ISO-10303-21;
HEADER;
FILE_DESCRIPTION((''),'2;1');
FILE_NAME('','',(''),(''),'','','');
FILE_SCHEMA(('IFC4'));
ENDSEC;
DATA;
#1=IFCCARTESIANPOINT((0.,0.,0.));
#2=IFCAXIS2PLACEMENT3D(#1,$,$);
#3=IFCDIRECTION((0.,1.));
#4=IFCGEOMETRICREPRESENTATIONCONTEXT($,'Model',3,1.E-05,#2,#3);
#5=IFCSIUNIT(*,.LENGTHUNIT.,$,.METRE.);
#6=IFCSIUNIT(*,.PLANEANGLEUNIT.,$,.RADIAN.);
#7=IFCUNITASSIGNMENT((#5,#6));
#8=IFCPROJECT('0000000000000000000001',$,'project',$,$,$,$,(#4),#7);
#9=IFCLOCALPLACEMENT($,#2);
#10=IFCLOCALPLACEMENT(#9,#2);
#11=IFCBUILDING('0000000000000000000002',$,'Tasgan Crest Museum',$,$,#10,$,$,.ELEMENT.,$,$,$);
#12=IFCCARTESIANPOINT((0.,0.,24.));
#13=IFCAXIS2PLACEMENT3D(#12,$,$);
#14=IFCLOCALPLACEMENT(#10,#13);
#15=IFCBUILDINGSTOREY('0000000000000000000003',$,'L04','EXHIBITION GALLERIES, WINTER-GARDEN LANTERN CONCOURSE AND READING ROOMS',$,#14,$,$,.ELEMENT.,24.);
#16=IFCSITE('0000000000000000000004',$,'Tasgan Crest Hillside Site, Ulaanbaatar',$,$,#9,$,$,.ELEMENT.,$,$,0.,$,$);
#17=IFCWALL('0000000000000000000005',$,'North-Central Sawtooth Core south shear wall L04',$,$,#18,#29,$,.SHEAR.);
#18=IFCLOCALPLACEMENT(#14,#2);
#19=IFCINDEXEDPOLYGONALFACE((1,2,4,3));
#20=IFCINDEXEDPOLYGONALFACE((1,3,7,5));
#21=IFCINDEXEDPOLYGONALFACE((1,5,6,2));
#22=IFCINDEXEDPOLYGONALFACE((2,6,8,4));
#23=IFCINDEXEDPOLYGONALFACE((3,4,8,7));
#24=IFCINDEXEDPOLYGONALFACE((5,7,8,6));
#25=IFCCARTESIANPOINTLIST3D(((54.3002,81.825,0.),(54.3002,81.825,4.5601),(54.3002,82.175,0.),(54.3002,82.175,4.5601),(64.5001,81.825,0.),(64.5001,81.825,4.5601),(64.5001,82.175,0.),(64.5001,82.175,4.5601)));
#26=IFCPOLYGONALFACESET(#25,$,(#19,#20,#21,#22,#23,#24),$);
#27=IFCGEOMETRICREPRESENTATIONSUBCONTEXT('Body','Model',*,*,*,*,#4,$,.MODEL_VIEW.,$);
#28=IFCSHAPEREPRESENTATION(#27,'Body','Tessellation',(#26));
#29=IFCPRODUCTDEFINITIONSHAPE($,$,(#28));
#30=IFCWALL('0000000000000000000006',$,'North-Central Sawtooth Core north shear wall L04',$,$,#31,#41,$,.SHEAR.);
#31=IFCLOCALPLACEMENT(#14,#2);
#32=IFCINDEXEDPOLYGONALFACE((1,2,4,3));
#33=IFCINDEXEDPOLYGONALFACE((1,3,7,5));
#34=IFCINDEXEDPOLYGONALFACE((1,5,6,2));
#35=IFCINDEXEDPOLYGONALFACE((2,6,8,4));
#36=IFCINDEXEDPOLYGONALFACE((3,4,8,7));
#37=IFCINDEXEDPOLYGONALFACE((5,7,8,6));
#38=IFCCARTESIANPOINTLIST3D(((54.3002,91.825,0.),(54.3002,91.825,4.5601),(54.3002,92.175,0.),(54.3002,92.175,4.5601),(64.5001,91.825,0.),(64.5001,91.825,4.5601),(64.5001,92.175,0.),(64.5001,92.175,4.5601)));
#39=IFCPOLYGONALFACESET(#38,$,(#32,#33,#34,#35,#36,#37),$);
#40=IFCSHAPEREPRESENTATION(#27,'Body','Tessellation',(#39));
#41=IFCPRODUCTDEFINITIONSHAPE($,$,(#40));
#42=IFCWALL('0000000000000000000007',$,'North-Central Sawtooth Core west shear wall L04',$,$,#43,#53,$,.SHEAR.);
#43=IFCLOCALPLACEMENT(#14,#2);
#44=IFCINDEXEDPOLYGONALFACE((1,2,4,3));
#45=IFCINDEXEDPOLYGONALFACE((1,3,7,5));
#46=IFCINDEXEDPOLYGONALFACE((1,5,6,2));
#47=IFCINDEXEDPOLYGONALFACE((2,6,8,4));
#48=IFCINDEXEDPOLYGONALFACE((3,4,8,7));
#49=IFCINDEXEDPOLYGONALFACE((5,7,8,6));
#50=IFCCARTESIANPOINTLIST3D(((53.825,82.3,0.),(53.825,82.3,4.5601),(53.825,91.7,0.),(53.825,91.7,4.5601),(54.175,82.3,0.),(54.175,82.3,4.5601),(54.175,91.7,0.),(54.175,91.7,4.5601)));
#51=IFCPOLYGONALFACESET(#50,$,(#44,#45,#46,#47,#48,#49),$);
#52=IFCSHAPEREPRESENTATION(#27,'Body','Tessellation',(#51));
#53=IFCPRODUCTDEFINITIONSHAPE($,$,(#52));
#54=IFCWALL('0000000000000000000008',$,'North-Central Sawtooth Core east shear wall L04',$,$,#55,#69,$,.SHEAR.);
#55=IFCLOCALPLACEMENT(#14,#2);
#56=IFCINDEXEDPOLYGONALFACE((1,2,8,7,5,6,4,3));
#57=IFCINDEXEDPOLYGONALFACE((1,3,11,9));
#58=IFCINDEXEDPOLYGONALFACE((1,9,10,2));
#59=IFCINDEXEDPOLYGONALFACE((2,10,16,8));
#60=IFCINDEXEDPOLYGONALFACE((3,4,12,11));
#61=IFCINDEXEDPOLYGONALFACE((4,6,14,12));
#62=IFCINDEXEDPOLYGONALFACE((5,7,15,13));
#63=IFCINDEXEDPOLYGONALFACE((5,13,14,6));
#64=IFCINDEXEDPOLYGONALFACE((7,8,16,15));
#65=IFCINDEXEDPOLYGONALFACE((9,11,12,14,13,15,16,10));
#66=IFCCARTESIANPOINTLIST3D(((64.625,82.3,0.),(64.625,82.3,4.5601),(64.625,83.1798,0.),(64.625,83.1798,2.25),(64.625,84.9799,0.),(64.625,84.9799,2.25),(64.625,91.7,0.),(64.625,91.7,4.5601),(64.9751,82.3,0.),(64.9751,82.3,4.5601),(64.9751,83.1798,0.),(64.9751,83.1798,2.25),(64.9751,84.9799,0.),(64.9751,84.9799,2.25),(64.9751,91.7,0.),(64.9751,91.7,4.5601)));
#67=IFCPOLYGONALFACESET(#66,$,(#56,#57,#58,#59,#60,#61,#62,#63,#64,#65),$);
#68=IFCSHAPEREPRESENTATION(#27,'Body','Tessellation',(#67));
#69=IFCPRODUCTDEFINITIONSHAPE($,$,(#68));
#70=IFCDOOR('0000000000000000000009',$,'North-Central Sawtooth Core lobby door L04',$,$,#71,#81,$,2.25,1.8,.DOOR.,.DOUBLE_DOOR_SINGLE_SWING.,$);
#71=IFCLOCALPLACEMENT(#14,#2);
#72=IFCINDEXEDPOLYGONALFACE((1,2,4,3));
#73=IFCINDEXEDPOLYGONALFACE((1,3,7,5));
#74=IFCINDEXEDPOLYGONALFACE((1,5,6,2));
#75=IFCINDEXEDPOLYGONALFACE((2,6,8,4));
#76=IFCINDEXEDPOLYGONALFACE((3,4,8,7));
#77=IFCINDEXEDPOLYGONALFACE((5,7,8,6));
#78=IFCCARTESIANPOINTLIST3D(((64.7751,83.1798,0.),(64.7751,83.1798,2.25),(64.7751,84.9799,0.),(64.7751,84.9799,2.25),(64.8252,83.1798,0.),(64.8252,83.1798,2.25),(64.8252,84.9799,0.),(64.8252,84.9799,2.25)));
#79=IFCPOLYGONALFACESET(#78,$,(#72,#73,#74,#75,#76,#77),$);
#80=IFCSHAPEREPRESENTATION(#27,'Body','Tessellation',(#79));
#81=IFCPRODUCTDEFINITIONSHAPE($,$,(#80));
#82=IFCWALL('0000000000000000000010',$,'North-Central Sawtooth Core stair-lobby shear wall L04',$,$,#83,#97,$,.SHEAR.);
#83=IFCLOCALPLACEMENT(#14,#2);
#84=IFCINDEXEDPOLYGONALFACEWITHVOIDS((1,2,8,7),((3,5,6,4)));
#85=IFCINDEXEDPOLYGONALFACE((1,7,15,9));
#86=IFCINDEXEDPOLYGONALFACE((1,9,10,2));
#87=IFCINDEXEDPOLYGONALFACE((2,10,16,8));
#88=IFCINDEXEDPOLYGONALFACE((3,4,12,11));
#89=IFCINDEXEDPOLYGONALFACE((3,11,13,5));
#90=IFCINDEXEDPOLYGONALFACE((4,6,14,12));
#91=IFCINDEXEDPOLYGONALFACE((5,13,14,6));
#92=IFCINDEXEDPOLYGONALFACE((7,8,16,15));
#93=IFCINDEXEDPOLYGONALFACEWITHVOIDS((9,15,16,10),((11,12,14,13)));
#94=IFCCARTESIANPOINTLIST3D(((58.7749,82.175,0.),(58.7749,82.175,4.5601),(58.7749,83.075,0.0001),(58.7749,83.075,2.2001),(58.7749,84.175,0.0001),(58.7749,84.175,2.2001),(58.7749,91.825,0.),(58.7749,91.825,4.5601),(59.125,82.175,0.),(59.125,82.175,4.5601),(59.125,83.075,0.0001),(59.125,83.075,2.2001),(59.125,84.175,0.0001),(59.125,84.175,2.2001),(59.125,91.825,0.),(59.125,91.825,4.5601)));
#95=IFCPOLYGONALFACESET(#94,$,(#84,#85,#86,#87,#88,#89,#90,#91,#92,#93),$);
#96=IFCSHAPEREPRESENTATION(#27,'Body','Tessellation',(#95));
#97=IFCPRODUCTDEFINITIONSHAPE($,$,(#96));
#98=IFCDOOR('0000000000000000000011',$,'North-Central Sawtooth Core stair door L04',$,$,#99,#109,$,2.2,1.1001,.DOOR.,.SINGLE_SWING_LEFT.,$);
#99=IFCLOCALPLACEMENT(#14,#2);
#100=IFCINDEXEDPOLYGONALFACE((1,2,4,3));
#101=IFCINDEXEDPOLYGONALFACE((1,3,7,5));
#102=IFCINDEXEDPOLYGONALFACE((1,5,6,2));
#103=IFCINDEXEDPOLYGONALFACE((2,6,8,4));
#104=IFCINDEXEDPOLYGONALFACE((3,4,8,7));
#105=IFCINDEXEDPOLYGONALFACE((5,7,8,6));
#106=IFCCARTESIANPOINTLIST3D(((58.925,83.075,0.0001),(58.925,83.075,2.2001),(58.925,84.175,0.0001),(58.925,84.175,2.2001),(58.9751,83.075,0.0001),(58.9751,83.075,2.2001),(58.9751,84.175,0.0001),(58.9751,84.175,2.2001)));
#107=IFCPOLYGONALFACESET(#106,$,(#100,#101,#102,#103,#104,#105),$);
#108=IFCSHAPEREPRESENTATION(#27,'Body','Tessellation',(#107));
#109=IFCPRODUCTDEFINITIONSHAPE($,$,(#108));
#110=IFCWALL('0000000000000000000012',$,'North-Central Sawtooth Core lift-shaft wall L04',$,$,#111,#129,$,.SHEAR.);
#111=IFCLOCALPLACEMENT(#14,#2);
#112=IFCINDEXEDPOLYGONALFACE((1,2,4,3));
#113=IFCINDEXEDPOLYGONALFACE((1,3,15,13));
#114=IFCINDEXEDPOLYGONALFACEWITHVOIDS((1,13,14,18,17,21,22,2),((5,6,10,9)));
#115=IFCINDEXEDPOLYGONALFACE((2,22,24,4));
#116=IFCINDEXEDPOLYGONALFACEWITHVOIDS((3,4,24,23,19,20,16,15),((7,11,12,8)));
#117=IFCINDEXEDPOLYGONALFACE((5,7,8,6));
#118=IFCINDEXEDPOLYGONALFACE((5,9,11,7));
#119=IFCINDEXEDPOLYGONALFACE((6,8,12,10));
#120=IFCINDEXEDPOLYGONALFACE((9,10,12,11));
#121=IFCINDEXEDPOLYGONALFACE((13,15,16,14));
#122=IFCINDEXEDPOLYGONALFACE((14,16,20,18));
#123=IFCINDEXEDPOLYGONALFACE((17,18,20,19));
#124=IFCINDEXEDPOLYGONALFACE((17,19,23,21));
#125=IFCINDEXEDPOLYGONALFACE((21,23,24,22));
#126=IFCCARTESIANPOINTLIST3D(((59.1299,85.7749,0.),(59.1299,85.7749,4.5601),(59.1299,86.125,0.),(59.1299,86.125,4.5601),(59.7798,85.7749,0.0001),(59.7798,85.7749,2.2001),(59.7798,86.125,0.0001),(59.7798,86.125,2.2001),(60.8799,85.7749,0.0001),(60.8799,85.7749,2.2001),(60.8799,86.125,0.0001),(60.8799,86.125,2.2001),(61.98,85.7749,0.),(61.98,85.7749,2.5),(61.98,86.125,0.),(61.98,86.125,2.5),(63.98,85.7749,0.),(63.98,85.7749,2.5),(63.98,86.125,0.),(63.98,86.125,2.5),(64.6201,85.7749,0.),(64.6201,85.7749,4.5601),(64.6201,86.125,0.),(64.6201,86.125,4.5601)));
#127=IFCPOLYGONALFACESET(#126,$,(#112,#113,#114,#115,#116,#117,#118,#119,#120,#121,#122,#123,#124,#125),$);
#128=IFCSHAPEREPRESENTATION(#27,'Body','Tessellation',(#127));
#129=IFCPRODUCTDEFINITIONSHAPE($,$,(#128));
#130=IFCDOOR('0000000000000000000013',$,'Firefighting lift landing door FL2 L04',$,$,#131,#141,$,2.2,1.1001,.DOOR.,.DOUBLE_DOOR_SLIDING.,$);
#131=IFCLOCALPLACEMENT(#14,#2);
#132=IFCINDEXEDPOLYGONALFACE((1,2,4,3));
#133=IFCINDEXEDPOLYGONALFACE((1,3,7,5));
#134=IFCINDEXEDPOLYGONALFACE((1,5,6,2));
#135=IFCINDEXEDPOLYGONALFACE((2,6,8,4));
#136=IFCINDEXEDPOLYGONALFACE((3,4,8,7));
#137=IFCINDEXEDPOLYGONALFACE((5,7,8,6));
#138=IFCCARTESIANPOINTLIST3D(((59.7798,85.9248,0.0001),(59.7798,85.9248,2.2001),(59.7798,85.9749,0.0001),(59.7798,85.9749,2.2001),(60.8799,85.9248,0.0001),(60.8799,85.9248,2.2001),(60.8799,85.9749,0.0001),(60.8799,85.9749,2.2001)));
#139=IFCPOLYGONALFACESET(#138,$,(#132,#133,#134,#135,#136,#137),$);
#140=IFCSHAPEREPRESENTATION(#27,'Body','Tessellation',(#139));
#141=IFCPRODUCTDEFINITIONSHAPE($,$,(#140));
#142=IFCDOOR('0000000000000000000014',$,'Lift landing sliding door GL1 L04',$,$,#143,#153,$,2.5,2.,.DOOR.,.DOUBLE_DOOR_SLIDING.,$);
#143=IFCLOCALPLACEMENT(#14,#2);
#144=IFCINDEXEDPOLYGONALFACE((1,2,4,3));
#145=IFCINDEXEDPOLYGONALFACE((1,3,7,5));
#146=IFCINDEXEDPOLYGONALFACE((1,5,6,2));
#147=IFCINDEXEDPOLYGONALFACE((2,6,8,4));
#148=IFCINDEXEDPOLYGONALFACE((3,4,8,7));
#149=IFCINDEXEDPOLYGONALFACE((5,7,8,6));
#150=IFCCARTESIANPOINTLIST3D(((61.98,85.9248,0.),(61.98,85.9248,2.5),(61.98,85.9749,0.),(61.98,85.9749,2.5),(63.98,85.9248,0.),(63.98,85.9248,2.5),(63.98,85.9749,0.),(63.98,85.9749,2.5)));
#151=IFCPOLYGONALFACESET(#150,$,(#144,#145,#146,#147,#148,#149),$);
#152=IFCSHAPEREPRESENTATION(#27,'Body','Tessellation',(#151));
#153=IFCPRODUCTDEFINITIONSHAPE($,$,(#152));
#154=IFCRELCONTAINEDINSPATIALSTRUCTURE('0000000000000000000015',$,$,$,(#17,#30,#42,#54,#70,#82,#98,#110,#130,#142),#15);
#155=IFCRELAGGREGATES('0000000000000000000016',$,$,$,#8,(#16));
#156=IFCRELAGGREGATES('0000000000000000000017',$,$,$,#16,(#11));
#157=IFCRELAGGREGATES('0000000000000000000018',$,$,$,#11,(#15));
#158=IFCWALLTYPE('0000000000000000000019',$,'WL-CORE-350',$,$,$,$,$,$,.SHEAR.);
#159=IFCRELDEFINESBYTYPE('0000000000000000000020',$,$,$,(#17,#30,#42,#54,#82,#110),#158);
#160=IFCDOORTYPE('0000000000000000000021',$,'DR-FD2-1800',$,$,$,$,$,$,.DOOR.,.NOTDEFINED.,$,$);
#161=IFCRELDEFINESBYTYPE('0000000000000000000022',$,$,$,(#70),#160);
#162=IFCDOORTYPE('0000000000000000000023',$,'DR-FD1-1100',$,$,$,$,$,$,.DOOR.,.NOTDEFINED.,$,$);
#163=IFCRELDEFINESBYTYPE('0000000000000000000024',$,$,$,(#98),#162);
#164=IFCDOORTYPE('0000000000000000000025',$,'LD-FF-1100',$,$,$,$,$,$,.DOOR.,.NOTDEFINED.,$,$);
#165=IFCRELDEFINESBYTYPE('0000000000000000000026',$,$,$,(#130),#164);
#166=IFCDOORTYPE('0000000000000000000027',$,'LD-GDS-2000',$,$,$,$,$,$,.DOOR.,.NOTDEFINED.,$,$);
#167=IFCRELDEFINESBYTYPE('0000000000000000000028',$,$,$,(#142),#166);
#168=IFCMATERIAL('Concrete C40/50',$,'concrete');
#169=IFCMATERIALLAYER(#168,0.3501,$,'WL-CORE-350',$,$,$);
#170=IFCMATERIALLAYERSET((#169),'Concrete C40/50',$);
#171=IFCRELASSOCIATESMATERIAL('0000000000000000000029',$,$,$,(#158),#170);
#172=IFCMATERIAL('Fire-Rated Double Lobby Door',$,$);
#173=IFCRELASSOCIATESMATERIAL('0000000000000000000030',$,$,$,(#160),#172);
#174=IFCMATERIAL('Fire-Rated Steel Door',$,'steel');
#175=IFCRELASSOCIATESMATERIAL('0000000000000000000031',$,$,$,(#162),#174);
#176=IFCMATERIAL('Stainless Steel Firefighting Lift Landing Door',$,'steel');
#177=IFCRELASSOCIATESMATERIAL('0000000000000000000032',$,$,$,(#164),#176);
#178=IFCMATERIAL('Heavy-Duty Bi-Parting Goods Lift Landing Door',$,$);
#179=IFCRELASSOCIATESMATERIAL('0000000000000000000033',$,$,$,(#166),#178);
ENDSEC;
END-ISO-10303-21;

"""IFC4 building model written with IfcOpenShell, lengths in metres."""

from ifc_helpers import new_model, si_unit, direction, frame, frame_2d, origin, place, context, subcontext, project, spatial, rectangle, extrude, material, layer, layer_set, type_object, element, fill, save


model = new_model("IFC4")

# Units and contexts
model_context = context("Model", 3, precision=1e-05, world=origin(), true_north=direction((0.0, 1.0)))
body_context = subcontext(model_context, "Body", "Model", "MODEL_VIEW")
ifc_project = project(units=[si_unit("LENGTHUNIT", "METRE"), si_unit("PLANEANGLEUNIT", "RADIAN")], contexts=[model_context])

# Site, building, storey
site_placement = place(None, origin())
site = spatial("IfcSite", under=ifc_project, at=site_placement, Name="Tasgan Crest Hillside Site, Ulaanbaatar", CompositionType="ELEMENT", RefElevation=0.0)
building_placement = place(site_placement, origin())
building = spatial("IfcBuilding", under=site, at=building_placement, Name="Tasgan Crest Museum", CompositionType="ELEMENT")
storey_placement = place(building_placement, frame((0.0, 0.0, 24.0)))
storey = spatial("IfcBuildingStorey", under=building, at=storey_placement, Name="L04", Description="EXHIBITION GALLERIES, WINTER-GARDEN LANTERN CONCOURSE AND READING ROOMS", CompositionType="ELEMENT", Elevation=24.0)

# Walls
ifc_material_1 = material(Name="Concrete C40/50", Category="concrete")
ifc_layer_1 = layer(ifc_material_1, 0.3501, Name="WL-CORE-350")
ifc_layer_set_1 = layer_set([ifc_layer_1], Name="Concrete C40/50")
wall_type_1 = type_object("IfcWallType", Name="WL-CORE-350", PredefinedType="SHEAR", material=ifc_layer_set_1)
for number, where, z_axis, x_axis, name in (
    (1, (54.3, 82.0, 0.0), (0.0, 0.0, 1.0), (1.0, 0.0, 0.0), "North-Central Sawtooth Core south shear wall L04"),
    (2, (54.3, 92.0, 0.0), (0.0, 0.0, 1.0), (1.0, 0.0, 0.0), "North-Central Sawtooth Core north shear wall L04"),
):
    element("IfcWall", number, at=place(storey_placement, frame(where, z_axis=z_axis, x_axis=x_axis)), inside=storey, type_object=wall_type_1, Name=name, PredefinedType="SHEAR", context=body_context, shape_type="SweptSolid", body=[
        extrude(rectangle(XDim=10.2, YDim=0.3501, at=frame_2d((5.1001, 0.0))), origin(), (0.0, 0.0, 1.0), 4.5601),
    ])
wall_1_placement = place(storey_placement, frame((54.0, 82.3, 0.0), z_axis=(0.0, 0.0, 1.0), x_axis=(0.0, 1.0, 0.0)))
element("IfcWall", 3, at=wall_1_placement, inside=storey, type_object=wall_type_1, Name="North-Central Sawtooth Core west shear wall L04", PredefinedType="SHEAR", context=body_context, shape_type="SweptSolid", body=[
    extrude(rectangle(XDim=9.3999, YDim=0.3501, at=frame_2d((4.7, 0.0))), origin(), (0.0, 0.0, 1.0), 4.5601),
])

# Walls, openings, doors
wall_2_placement = place(storey_placement, frame((64.8, 82.3, 0.0), z_axis=(0.0, 0.0, 1.0), x_axis=(0.0, 1.0, 0.0)))
wall_2 = element("IfcWall", 4, at=wall_2_placement, inside=storey, type_object=wall_type_1, Name="North-Central Sawtooth Core east shear wall L04", PredefinedType="SHEAR", context=body_context, shape_type="SweptSolid", body=[
    extrude(rectangle(XDim=9.3999, YDim=0.3501, at=frame_2d((4.7, 0.0))), origin(), (0.0, 0.0, 1.0), 4.5601),
])
opening_1_placement = place(wall_2_placement, frame((0.8799, 0.0, 0.0)))
opening_1 = element("IfcOpeningElement", 5, at=opening_1_placement, cuts=wall_2, PredefinedType="OPENING", context=body_context, shape_type="SweptSolid", body=[
    extrude(rectangle(XDim=1.8, YDim=2.25, at=frame_2d((0.8999, 1.125))), frame((0.0, 0.1851, 0.0), z_axis=(0.0, -1.0, 0.0), x_axis=(1.0, 0.0, 0.0)), (0.0, 0.0, 1.0), 0.3701),
])
ifc_material_2 = material(Name="Fire-Rated Double Lobby Door")
door_type_1 = type_object("IfcDoorType", Name="DR-FD2-1800", OperationType="NOTDEFINED", PredefinedType="DOOR", material=ifc_material_2)
door_1_placement = place(opening_1_placement, origin())
door_1 = element("IfcDoor", 6, at=door_1_placement, inside=storey, type_object=door_type_1, Name="North-Central Sawtooth Core lobby door L04", OperationType="DOUBLE_DOOR_SINGLE_SWING", OverallHeight=2.25, OverallWidth=1.8, PredefinedType="DOOR", context=body_context, shape_type="SweptSolid", body=[
    extrude(rectangle(XDim=1.8, YDim=2.25, at=frame_2d((0.8999, 1.125))), frame((0.0, 0.0249, 0.0), z_axis=(0.0, -1.0, 0.0), x_axis=(1.0, 0.0, 0.0)), (0.0, 0.0, 1.0), 0.05),
])
fill(opening_1, door_1)
wall_3_placement = place(storey_placement, frame((58.95, 82.175, 0.0), z_axis=(0.0, 0.0, 1.0), x_axis=(0.0, 1.0, 0.0)))
wall_3 = element("IfcWall", 7, at=wall_3_placement, inside=storey, type_object=wall_type_1, Name="North-Central Sawtooth Core stair-lobby shear wall L04", PredefinedType="SHEAR", context=body_context, shape_type="SweptSolid", body=[
    extrude(rectangle(XDim=9.6499, YDim=0.3501, at=frame_2d((4.825, 0.0))), origin(), (0.0, 0.0, 1.0), 4.5601),
])
opening_2_placement = place(wall_3_placement, frame((0.8999, 0.0, 0.0)))
opening_2 = element("IfcOpeningElement", 8, at=opening_2_placement, cuts=wall_3, PredefinedType="OPENING", context=body_context, shape_type="SweptSolid", body=[
    extrude(rectangle(XDim=1.1001, YDim=2.2, at=frame_2d((0.55, 1.1001))), frame((0.0, 0.1851, 0.0), z_axis=(0.0, -1.0, 0.0), x_axis=(1.0, 0.0, 0.0)), (0.0, 0.0, 1.0), 0.3701),
])
ifc_material_3 = material(Name="Fire-Rated Steel Door", Category="steel")
door_type_2 = type_object("IfcDoorType", Name="DR-FD1-1100", OperationType="NOTDEFINED", PredefinedType="DOOR", material=ifc_material_3)
door_2_placement = place(opening_2_placement, origin())
door_2 = element("IfcDoor", 9, at=door_2_placement, inside=storey, type_object=door_type_2, Name="North-Central Sawtooth Core stair door L04", OperationType="SINGLE_SWING_LEFT", OverallHeight=2.2, OverallWidth=1.1001, PredefinedType="DOOR", context=body_context, shape_type="SweptSolid", body=[
    extrude(rectangle(XDim=1.1001, YDim=2.2, at=frame_2d((0.55, 1.1001))), frame((0.0, 0.0249, 0.0), z_axis=(0.0, -1.0, 0.0), x_axis=(1.0, 0.0, 0.0)), (0.0, 0.0, 1.0), 0.05),
])
fill(opening_2, door_2)

# Wall, openings, doors
wall_4_placement = place(storey_placement, frame((59.1299, 85.95, 0.0), z_axis=(0.0, 0.0, 1.0), x_axis=(1.0, 0.0, 0.0)))
wall_4 = element("IfcWall", 10, at=wall_4_placement, inside=storey, type_object=wall_type_1, Name="North-Central Sawtooth Core lift-shaft wall L04", PredefinedType="SHEAR", context=body_context, shape_type="SweptSolid", body=[
    extrude(rectangle(XDim=5.4902, YDim=0.3501, at=frame_2d((2.7451, 0.0))), origin(), (0.0, 0.0, 1.0), 4.5601),
])
opening_3_placement = place(wall_4_placement, frame((0.6499, 0.0, 0.0)))
opening_3 = element("IfcOpeningElement", 11, at=opening_3_placement, cuts=wall_4, PredefinedType="OPENING", context=body_context, shape_type="SweptSolid", body=[
    extrude(rectangle(XDim=1.1001, YDim=2.2, at=frame_2d((0.55, 1.1001))), frame((0.0, 0.1851, 0.0), z_axis=(0.0, -1.0, 0.0), x_axis=(1.0, 0.0, 0.0)), (0.0, 0.0, 1.0), 0.3701),
])
opening_4_placement = place(wall_4_placement, frame((2.8501, 0.0, 0.0)))
opening_4 = element("IfcOpeningElement", 12, at=opening_4_placement, cuts=wall_4, PredefinedType="OPENING", context=body_context, shape_type="SweptSolid", body=[
    extrude(rectangle(XDim=2.0, YDim=2.5, at=frame_2d((1.0, 1.25))), frame((0.0, 0.1851, 0.0), z_axis=(0.0, -1.0, 0.0), x_axis=(1.0, 0.0, 0.0)), (0.0, 0.0, 1.0), 0.3701),
])
ifc_material_4 = material(Name="Stainless Steel Firefighting Lift Landing Door", Category="steel")
door_type_3 = type_object("IfcDoorType", Name="LD-FF-1100", OperationType="NOTDEFINED", PredefinedType="DOOR", material=ifc_material_4)
door_3_placement = place(opening_3_placement, origin())
door_3 = element("IfcDoor", 13, at=door_3_placement, inside=storey, type_object=door_type_3, Name="Firefighting lift landing door FL2 L04", OperationType="DOUBLE_DOOR_SLIDING", OverallHeight=2.2, OverallWidth=1.1001, PredefinedType="DOOR", context=body_context, shape_type="SweptSolid", body=[
    extrude(rectangle(XDim=1.1001, YDim=2.2, at=frame_2d((0.55, 1.1001))), frame((0.0, 0.0249, 0.0), z_axis=(0.0, -1.0, 0.0), x_axis=(1.0, 0.0, 0.0)), (0.0, 0.0, 1.0), 0.05),
])
fill(opening_3, door_3)
ifc_material_5 = material(Name="Heavy-Duty Bi-Parting Goods Lift Landing Door")
door_type_4 = type_object("IfcDoorType", Name="LD-GDS-2000", OperationType="NOTDEFINED", PredefinedType="DOOR", material=ifc_material_5)
door_4_placement = place(opening_4_placement, origin())
door_4 = element("IfcDoor", 14, at=door_4_placement, inside=storey, type_object=door_type_4, Name="Lift landing sliding door GL1 L04", OperationType="DOUBLE_DOOR_SLIDING", OverallHeight=2.5, OverallWidth=2.0, PredefinedType="DOOR", context=body_context, shape_type="SweptSolid", body=[
    extrude(rectangle(XDim=2.0, YDim=2.5, at=frame_2d((1.0, 1.25))), frame((0.0, 0.0249, 0.0), z_axis=(0.0, -1.0, 0.0), x_axis=(1.0, 0.0, 0.0)), (0.0, 0.0, 1.0), 0.05),
])
fill(opening_4, door_4)

save(model, "model.ifc")
